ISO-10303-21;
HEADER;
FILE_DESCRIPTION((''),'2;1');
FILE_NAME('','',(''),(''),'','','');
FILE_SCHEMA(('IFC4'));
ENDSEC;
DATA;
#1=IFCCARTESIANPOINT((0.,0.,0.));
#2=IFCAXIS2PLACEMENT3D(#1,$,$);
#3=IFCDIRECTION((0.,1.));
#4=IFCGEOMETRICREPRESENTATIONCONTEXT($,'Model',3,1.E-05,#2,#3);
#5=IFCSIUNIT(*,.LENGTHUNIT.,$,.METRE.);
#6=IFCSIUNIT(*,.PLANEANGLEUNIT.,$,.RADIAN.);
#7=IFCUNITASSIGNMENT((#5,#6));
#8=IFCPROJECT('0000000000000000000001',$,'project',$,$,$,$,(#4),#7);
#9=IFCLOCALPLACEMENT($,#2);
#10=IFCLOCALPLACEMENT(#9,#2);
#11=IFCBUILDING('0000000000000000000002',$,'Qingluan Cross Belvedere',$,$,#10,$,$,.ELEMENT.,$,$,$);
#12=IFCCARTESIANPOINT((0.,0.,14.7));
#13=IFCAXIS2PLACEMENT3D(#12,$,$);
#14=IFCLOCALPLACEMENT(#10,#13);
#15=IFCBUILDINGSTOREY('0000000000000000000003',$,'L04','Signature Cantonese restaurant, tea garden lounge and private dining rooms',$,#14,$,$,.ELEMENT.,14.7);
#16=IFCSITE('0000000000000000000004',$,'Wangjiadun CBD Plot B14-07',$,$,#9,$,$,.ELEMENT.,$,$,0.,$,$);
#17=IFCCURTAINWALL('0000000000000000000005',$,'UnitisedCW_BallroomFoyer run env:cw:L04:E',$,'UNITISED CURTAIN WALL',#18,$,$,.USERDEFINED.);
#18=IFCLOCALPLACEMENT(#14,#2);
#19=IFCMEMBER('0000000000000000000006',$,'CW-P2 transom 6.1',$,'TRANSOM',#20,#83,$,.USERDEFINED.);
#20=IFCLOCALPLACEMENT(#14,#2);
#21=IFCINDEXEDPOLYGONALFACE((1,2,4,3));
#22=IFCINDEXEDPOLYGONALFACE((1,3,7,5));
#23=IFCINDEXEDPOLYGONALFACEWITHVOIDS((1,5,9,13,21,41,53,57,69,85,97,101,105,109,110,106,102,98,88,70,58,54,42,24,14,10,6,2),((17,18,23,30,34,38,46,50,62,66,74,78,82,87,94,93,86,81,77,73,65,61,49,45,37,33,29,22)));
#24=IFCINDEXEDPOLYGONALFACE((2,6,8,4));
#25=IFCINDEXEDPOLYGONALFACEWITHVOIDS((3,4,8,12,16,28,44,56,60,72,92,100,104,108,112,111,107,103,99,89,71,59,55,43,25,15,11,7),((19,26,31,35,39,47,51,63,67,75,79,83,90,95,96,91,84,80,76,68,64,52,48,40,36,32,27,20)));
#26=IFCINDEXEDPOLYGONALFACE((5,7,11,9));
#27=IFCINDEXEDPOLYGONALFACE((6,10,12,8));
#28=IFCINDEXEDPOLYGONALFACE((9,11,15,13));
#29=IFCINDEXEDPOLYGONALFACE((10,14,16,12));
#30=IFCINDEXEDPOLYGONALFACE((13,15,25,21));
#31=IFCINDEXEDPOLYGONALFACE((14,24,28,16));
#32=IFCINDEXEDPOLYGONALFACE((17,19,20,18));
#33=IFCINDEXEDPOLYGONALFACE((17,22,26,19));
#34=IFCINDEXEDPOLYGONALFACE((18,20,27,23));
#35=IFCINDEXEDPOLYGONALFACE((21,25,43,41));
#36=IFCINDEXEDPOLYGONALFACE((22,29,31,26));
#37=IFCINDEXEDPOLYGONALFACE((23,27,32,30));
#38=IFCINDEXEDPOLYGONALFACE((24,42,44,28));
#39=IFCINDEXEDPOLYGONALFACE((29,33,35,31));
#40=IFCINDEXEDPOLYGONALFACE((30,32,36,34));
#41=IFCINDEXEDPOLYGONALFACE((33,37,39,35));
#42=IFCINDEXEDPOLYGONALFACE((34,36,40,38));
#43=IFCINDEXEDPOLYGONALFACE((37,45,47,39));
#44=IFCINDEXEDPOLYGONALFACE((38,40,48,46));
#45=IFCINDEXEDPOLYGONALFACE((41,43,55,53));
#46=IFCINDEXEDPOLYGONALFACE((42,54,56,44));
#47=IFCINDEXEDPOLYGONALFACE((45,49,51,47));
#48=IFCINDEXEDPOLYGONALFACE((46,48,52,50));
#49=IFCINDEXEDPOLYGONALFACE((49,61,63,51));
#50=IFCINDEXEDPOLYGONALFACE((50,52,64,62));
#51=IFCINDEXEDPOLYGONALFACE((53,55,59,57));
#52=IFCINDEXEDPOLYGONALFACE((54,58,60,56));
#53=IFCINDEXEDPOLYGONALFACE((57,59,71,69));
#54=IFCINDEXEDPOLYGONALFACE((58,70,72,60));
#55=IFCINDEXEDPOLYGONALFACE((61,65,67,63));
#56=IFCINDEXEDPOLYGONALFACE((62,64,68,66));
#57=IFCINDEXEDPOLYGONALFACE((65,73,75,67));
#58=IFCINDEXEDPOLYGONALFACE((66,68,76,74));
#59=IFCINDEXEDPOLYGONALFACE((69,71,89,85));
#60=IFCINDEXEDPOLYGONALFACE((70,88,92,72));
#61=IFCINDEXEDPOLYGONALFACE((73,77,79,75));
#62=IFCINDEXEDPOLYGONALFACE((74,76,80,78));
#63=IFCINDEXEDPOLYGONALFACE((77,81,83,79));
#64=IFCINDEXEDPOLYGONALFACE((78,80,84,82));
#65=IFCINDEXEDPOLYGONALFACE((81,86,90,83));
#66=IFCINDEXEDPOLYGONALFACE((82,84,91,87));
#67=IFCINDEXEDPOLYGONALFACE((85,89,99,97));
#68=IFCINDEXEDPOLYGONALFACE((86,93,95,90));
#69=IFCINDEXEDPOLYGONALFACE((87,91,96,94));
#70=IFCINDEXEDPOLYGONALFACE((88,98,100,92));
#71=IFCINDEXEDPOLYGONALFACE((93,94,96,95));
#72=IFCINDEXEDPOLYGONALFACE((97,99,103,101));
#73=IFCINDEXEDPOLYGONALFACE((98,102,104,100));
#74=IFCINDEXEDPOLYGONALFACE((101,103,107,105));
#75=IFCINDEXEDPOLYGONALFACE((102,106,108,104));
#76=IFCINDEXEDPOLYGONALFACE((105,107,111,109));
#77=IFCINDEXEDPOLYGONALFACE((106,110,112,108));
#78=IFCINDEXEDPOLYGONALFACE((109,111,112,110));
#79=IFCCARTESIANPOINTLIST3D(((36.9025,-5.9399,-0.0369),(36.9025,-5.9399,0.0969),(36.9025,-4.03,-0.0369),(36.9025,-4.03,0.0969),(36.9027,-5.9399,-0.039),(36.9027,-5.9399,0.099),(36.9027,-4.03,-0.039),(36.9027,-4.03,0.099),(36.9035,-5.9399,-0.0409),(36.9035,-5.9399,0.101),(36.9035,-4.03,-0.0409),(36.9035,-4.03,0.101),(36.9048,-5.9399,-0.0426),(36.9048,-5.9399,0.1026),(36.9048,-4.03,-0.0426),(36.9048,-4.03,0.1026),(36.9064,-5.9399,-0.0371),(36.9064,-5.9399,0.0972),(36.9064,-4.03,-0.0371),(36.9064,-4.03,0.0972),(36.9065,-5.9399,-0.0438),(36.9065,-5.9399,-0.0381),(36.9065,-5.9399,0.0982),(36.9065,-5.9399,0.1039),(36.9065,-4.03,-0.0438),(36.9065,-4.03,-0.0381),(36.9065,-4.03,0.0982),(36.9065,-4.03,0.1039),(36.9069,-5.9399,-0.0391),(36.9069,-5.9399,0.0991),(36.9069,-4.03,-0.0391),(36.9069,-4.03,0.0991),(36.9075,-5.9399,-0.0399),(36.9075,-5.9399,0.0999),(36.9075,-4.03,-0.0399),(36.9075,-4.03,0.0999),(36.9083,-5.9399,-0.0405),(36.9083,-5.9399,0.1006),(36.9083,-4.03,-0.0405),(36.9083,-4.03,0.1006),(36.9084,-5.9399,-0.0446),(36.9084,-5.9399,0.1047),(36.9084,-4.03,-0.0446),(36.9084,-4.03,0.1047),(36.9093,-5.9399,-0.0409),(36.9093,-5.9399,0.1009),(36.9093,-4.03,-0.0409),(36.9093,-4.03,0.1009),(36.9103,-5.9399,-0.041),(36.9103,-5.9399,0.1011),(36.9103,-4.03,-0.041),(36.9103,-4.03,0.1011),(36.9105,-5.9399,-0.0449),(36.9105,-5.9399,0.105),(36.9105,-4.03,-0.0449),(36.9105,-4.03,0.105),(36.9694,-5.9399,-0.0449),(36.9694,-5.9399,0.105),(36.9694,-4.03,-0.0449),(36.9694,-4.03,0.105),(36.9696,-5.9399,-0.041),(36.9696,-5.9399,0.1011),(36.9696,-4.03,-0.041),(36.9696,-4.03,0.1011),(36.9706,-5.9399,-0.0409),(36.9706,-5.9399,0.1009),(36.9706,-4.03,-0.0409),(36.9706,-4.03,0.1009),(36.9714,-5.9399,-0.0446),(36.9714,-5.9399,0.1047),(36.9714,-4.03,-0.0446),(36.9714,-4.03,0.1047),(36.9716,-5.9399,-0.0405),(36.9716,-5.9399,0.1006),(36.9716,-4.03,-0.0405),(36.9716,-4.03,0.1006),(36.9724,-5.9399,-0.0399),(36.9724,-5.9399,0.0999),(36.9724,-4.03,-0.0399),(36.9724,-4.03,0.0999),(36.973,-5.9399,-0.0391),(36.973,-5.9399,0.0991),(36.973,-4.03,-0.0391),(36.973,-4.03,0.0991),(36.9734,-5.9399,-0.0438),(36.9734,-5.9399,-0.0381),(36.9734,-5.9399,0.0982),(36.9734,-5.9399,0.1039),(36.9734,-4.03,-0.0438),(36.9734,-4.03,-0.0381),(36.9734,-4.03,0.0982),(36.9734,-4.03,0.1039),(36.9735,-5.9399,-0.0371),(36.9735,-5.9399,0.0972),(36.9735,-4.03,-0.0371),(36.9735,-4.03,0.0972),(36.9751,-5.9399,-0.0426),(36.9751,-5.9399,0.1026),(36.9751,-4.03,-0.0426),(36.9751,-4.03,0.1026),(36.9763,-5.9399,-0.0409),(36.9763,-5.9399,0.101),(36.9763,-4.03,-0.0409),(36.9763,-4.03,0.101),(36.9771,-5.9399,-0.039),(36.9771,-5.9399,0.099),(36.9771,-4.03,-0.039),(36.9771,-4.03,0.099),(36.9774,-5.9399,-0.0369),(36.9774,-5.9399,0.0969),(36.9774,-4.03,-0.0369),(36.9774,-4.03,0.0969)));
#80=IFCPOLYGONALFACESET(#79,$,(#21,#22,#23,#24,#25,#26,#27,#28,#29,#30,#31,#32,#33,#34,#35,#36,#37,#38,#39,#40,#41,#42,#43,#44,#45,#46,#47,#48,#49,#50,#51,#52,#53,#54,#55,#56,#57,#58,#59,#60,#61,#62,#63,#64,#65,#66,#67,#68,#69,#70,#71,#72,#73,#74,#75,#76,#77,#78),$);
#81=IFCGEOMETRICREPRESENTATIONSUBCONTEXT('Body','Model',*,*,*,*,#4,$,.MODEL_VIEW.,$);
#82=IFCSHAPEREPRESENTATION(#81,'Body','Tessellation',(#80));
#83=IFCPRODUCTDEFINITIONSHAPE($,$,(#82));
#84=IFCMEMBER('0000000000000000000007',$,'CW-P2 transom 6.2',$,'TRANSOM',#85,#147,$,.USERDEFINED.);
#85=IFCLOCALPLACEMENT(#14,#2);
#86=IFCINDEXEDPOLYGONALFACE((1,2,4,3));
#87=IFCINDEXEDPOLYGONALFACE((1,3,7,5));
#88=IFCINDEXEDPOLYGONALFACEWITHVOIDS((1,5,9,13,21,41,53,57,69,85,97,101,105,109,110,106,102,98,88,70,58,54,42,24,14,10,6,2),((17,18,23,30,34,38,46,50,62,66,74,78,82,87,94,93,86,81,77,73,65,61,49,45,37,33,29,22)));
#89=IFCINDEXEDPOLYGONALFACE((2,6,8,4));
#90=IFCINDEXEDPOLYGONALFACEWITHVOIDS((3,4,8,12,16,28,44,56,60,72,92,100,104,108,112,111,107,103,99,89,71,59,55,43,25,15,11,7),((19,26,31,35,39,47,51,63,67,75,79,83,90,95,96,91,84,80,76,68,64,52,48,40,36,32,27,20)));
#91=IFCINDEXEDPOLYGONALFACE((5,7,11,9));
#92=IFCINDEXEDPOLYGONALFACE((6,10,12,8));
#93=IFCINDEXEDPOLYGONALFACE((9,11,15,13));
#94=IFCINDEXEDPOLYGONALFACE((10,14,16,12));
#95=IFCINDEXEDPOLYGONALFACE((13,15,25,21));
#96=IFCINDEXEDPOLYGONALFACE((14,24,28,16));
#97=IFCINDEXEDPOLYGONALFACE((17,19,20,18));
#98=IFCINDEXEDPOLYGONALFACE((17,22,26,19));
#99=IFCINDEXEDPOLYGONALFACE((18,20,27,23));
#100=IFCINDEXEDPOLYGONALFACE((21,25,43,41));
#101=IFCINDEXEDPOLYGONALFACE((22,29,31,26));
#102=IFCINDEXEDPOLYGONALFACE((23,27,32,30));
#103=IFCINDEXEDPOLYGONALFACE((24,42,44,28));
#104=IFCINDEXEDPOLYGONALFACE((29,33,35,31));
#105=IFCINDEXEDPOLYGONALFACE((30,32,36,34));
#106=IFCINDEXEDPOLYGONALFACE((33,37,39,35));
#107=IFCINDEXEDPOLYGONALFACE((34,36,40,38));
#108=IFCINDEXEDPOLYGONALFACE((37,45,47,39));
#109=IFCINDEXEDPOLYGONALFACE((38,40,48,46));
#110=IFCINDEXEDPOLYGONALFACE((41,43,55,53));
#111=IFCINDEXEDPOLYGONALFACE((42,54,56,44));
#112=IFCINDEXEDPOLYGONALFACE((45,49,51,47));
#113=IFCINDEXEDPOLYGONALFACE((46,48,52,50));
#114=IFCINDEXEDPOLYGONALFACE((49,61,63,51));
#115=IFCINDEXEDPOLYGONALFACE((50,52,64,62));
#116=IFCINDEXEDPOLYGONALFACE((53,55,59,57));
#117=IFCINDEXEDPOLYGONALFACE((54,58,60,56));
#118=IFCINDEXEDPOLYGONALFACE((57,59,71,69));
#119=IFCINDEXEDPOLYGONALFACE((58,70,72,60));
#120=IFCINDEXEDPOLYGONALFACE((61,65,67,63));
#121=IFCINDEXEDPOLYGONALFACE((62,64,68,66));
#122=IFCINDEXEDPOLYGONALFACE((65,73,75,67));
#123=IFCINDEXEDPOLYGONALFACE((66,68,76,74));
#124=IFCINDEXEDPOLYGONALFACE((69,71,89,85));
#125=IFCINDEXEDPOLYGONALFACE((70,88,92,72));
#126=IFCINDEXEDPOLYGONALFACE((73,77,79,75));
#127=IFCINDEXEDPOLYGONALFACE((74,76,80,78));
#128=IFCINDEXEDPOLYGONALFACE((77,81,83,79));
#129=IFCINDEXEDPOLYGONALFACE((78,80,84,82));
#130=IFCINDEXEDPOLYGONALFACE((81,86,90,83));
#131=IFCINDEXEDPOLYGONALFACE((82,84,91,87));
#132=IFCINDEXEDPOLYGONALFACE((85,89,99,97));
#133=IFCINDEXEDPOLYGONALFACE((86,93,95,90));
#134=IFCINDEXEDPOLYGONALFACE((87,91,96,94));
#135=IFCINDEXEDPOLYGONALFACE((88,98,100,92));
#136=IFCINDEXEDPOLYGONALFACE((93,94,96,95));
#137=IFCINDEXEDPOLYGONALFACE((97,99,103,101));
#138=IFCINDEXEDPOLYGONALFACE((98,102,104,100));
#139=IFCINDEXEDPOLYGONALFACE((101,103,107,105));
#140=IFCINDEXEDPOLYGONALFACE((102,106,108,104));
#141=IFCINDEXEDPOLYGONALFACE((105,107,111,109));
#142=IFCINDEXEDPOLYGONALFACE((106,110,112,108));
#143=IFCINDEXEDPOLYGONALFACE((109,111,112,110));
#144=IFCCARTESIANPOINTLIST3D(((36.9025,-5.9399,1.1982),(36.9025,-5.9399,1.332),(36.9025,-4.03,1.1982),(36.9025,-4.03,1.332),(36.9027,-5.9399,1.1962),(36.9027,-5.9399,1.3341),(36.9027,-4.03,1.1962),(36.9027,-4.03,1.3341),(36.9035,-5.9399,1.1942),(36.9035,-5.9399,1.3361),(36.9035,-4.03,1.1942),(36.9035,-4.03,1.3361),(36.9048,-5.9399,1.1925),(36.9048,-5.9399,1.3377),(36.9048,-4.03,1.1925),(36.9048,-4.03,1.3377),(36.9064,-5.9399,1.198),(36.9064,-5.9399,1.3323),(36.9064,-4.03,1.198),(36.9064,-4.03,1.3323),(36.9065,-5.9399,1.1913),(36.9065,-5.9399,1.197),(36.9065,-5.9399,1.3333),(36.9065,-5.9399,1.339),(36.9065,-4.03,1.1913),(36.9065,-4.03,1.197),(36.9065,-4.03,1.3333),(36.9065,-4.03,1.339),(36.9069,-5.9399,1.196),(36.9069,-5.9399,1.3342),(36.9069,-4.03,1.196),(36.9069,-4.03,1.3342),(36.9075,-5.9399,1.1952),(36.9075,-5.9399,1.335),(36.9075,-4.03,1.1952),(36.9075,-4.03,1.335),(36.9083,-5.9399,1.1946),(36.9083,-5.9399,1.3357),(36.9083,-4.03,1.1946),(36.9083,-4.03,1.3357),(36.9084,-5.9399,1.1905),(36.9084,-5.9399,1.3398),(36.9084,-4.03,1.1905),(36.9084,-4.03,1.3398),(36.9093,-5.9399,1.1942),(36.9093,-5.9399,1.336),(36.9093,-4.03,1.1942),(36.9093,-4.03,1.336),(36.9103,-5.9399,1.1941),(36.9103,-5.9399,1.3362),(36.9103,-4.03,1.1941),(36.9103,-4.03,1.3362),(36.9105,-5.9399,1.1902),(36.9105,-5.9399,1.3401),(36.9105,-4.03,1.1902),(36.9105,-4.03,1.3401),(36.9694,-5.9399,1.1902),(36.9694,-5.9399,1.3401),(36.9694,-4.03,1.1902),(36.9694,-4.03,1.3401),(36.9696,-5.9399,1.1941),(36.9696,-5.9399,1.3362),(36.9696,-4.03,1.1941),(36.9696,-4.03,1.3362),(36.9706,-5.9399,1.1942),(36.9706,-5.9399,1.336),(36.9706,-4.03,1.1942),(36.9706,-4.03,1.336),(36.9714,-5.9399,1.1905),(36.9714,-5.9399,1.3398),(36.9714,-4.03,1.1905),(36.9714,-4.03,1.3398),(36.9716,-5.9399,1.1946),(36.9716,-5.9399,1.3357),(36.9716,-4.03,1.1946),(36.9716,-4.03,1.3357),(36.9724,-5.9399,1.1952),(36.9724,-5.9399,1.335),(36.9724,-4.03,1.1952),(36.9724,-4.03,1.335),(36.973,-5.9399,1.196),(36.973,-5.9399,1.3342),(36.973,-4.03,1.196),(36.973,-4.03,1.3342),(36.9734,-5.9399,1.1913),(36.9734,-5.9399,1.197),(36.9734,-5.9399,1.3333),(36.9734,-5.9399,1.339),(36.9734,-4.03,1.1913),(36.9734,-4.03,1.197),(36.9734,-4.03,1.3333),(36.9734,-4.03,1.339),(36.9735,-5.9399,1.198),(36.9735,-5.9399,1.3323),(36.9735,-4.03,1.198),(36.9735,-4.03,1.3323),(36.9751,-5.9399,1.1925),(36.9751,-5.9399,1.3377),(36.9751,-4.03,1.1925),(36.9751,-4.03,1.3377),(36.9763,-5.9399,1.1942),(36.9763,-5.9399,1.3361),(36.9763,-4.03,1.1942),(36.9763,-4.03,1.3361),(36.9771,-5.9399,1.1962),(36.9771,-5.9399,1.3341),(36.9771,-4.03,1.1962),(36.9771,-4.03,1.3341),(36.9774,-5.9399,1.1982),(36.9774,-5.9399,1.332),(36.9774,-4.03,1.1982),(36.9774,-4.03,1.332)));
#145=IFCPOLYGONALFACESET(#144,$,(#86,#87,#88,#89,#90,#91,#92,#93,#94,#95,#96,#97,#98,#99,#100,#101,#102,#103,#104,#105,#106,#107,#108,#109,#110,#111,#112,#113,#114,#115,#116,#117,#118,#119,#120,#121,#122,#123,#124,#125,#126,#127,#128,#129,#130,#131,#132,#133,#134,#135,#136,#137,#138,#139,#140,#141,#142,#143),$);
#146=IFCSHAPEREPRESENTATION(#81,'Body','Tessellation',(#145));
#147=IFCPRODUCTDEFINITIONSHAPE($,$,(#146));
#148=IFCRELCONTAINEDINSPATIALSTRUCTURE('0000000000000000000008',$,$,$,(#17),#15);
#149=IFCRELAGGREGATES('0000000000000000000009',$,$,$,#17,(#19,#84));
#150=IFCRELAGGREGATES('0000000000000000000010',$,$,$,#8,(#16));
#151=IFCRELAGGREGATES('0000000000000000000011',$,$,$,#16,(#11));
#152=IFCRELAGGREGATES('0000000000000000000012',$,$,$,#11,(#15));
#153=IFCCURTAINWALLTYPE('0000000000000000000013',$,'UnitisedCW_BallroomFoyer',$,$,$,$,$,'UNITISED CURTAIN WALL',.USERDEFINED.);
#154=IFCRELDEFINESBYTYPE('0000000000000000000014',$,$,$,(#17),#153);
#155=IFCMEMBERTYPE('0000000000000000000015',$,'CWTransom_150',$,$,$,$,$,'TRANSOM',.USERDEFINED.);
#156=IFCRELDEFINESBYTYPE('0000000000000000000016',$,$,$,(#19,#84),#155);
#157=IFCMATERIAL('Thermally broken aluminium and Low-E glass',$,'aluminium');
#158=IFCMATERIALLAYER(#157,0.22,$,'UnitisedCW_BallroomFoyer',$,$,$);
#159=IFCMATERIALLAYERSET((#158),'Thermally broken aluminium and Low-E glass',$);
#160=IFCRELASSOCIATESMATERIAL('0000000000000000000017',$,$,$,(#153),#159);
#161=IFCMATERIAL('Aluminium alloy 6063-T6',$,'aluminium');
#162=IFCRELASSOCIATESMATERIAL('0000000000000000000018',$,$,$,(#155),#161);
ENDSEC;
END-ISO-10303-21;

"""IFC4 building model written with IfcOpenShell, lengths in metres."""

from ifc_helpers import new_model, si_unit, direction, frame, origin, origin_2d, place, context, subcontext, project, spatial, hollow_rectangle, extrude, material, layer, layer_set, material_profile, profile_set, type_object, element, aggregate, save


model = new_model("IFC4")

# Units and contexts
model_context = context("Model", 3, precision=1e-05, world=origin(), true_north=direction((0.0, 1.0)))
body_context = subcontext(model_context, "Body", "Model", "MODEL_VIEW")
ifc_project = project(units=[si_unit("LENGTHUNIT", "METRE"), si_unit("PLANEANGLEUNIT", "RADIAN")], contexts=[model_context])

# Site, building, storey
site_placement = place(None, origin())
site = spatial("IfcSite", under=ifc_project, at=site_placement, Name="Wangjiadun CBD Plot B14-07", CompositionType="ELEMENT", RefElevation=0.0)
building_placement = place(site_placement, origin())
building = spatial("IfcBuilding", under=site, at=building_placement, Name="Qingluan Cross Belvedere", CompositionType="ELEMENT")
storey_placement = place(building_placement, frame((0.0, 0.0, 14.7)))
storey = spatial("IfcBuildingStorey", under=building, at=storey_placement, Name="L04", Description="Signature Cantonese restaurant, tea garden lounge and private dining rooms", CompositionType="ELEMENT", Elevation=14.7)

# Curtain wall, members
ifc_material_1 = material(Name="Thermally broken aluminium and Low-E glass", Category="aluminium")
ifc_layer_1 = layer(ifc_material_1, 0.22, Name="UnitisedCW_BallroomFoyer")
ifc_layer_set_1 = layer_set([ifc_layer_1], Name="Thermally broken aluminium and Low-E glass")
curtain_wall_type = type_object("IfcCurtainWallType", Name="UnitisedCW_BallroomFoyer", ElementType="UNITISED CURTAIN WALL", PredefinedType="USERDEFINED", material=ifc_layer_set_1)
curtain_wall_placement = place(storey_placement, origin())
curtain_wall = element("IfcCurtainWall", 1, at=curtain_wall_placement, inside=storey, type_object=curtain_wall_type, Name="UnitisedCW_BallroomFoyer run env:cw:L04:E", ObjectType="UNITISED CURTAIN WALL", PredefinedType="USERDEFINED")
ifc_material_2 = material(Name="Aluminium alloy 6063-T6", Category="aluminium")
ifc_material_profile_1 = material_profile(ifc_material_2, hollow_rectangle(XDim=0.075, YDim=0.1499, WallThickness=0.0039, InnerFilletRadius=0.0039, OuterFilletRadius=0.0081, at=origin_2d()), Name="CWT150x75x4")
ifc_profile_set_1 = profile_set([ifc_material_profile_1], Name="Aluminium alloy 6063-T6")
member_type_1 = type_object("IfcMemberType", Name="CWTransom_150", ElementType="TRANSOM", PredefinedType="USERDEFINED", material=ifc_profile_set_1)
member_1_placement = place(storey_placement, frame((36.9399, -4.03, 0.03), z_axis=(0.0, -1.0, 0.0), x_axis=(1.0, 0.0, 0.0)))
member_1 = element("IfcMember", 2, at=member_1_placement, type_object=member_type_1, Name="CW-P2 transom 6.1", ObjectType="TRANSOM", PredefinedType="USERDEFINED", context=body_context, shape_type="SweptSolid", body=[
    extrude(hollow_rectangle(XDim=0.075, YDim=0.1499, WallThickness=0.0039, InnerFilletRadius=0.0039, OuterFilletRadius=0.0081, at=origin_2d()), origin(), (0.0, 0.0, 1.0), 1.9099),
])
member_2_placement = place(storey_placement, frame((36.9399, -4.03, 1.2651), z_axis=(0.0, -1.0, 0.0), x_axis=(1.0, 0.0, 0.0)))
member_2 = element("IfcMember", 3, at=member_2_placement, type_object=member_type_1, Name="CW-P2 transom 6.2", ObjectType="TRANSOM", PredefinedType="USERDEFINED", context=body_context, shape_type="SweptSolid", body=[
    extrude(hollow_rectangle(XDim=0.075, YDim=0.1499, WallThickness=0.0039, InnerFilletRadius=0.0039, OuterFilletRadius=0.0081, at=origin_2d()), origin(), (0.0, 0.0, 1.0), 1.9099),
])

aggregate(curtain_wall, [member_1, member_2])

save(model, "model.ifc")
